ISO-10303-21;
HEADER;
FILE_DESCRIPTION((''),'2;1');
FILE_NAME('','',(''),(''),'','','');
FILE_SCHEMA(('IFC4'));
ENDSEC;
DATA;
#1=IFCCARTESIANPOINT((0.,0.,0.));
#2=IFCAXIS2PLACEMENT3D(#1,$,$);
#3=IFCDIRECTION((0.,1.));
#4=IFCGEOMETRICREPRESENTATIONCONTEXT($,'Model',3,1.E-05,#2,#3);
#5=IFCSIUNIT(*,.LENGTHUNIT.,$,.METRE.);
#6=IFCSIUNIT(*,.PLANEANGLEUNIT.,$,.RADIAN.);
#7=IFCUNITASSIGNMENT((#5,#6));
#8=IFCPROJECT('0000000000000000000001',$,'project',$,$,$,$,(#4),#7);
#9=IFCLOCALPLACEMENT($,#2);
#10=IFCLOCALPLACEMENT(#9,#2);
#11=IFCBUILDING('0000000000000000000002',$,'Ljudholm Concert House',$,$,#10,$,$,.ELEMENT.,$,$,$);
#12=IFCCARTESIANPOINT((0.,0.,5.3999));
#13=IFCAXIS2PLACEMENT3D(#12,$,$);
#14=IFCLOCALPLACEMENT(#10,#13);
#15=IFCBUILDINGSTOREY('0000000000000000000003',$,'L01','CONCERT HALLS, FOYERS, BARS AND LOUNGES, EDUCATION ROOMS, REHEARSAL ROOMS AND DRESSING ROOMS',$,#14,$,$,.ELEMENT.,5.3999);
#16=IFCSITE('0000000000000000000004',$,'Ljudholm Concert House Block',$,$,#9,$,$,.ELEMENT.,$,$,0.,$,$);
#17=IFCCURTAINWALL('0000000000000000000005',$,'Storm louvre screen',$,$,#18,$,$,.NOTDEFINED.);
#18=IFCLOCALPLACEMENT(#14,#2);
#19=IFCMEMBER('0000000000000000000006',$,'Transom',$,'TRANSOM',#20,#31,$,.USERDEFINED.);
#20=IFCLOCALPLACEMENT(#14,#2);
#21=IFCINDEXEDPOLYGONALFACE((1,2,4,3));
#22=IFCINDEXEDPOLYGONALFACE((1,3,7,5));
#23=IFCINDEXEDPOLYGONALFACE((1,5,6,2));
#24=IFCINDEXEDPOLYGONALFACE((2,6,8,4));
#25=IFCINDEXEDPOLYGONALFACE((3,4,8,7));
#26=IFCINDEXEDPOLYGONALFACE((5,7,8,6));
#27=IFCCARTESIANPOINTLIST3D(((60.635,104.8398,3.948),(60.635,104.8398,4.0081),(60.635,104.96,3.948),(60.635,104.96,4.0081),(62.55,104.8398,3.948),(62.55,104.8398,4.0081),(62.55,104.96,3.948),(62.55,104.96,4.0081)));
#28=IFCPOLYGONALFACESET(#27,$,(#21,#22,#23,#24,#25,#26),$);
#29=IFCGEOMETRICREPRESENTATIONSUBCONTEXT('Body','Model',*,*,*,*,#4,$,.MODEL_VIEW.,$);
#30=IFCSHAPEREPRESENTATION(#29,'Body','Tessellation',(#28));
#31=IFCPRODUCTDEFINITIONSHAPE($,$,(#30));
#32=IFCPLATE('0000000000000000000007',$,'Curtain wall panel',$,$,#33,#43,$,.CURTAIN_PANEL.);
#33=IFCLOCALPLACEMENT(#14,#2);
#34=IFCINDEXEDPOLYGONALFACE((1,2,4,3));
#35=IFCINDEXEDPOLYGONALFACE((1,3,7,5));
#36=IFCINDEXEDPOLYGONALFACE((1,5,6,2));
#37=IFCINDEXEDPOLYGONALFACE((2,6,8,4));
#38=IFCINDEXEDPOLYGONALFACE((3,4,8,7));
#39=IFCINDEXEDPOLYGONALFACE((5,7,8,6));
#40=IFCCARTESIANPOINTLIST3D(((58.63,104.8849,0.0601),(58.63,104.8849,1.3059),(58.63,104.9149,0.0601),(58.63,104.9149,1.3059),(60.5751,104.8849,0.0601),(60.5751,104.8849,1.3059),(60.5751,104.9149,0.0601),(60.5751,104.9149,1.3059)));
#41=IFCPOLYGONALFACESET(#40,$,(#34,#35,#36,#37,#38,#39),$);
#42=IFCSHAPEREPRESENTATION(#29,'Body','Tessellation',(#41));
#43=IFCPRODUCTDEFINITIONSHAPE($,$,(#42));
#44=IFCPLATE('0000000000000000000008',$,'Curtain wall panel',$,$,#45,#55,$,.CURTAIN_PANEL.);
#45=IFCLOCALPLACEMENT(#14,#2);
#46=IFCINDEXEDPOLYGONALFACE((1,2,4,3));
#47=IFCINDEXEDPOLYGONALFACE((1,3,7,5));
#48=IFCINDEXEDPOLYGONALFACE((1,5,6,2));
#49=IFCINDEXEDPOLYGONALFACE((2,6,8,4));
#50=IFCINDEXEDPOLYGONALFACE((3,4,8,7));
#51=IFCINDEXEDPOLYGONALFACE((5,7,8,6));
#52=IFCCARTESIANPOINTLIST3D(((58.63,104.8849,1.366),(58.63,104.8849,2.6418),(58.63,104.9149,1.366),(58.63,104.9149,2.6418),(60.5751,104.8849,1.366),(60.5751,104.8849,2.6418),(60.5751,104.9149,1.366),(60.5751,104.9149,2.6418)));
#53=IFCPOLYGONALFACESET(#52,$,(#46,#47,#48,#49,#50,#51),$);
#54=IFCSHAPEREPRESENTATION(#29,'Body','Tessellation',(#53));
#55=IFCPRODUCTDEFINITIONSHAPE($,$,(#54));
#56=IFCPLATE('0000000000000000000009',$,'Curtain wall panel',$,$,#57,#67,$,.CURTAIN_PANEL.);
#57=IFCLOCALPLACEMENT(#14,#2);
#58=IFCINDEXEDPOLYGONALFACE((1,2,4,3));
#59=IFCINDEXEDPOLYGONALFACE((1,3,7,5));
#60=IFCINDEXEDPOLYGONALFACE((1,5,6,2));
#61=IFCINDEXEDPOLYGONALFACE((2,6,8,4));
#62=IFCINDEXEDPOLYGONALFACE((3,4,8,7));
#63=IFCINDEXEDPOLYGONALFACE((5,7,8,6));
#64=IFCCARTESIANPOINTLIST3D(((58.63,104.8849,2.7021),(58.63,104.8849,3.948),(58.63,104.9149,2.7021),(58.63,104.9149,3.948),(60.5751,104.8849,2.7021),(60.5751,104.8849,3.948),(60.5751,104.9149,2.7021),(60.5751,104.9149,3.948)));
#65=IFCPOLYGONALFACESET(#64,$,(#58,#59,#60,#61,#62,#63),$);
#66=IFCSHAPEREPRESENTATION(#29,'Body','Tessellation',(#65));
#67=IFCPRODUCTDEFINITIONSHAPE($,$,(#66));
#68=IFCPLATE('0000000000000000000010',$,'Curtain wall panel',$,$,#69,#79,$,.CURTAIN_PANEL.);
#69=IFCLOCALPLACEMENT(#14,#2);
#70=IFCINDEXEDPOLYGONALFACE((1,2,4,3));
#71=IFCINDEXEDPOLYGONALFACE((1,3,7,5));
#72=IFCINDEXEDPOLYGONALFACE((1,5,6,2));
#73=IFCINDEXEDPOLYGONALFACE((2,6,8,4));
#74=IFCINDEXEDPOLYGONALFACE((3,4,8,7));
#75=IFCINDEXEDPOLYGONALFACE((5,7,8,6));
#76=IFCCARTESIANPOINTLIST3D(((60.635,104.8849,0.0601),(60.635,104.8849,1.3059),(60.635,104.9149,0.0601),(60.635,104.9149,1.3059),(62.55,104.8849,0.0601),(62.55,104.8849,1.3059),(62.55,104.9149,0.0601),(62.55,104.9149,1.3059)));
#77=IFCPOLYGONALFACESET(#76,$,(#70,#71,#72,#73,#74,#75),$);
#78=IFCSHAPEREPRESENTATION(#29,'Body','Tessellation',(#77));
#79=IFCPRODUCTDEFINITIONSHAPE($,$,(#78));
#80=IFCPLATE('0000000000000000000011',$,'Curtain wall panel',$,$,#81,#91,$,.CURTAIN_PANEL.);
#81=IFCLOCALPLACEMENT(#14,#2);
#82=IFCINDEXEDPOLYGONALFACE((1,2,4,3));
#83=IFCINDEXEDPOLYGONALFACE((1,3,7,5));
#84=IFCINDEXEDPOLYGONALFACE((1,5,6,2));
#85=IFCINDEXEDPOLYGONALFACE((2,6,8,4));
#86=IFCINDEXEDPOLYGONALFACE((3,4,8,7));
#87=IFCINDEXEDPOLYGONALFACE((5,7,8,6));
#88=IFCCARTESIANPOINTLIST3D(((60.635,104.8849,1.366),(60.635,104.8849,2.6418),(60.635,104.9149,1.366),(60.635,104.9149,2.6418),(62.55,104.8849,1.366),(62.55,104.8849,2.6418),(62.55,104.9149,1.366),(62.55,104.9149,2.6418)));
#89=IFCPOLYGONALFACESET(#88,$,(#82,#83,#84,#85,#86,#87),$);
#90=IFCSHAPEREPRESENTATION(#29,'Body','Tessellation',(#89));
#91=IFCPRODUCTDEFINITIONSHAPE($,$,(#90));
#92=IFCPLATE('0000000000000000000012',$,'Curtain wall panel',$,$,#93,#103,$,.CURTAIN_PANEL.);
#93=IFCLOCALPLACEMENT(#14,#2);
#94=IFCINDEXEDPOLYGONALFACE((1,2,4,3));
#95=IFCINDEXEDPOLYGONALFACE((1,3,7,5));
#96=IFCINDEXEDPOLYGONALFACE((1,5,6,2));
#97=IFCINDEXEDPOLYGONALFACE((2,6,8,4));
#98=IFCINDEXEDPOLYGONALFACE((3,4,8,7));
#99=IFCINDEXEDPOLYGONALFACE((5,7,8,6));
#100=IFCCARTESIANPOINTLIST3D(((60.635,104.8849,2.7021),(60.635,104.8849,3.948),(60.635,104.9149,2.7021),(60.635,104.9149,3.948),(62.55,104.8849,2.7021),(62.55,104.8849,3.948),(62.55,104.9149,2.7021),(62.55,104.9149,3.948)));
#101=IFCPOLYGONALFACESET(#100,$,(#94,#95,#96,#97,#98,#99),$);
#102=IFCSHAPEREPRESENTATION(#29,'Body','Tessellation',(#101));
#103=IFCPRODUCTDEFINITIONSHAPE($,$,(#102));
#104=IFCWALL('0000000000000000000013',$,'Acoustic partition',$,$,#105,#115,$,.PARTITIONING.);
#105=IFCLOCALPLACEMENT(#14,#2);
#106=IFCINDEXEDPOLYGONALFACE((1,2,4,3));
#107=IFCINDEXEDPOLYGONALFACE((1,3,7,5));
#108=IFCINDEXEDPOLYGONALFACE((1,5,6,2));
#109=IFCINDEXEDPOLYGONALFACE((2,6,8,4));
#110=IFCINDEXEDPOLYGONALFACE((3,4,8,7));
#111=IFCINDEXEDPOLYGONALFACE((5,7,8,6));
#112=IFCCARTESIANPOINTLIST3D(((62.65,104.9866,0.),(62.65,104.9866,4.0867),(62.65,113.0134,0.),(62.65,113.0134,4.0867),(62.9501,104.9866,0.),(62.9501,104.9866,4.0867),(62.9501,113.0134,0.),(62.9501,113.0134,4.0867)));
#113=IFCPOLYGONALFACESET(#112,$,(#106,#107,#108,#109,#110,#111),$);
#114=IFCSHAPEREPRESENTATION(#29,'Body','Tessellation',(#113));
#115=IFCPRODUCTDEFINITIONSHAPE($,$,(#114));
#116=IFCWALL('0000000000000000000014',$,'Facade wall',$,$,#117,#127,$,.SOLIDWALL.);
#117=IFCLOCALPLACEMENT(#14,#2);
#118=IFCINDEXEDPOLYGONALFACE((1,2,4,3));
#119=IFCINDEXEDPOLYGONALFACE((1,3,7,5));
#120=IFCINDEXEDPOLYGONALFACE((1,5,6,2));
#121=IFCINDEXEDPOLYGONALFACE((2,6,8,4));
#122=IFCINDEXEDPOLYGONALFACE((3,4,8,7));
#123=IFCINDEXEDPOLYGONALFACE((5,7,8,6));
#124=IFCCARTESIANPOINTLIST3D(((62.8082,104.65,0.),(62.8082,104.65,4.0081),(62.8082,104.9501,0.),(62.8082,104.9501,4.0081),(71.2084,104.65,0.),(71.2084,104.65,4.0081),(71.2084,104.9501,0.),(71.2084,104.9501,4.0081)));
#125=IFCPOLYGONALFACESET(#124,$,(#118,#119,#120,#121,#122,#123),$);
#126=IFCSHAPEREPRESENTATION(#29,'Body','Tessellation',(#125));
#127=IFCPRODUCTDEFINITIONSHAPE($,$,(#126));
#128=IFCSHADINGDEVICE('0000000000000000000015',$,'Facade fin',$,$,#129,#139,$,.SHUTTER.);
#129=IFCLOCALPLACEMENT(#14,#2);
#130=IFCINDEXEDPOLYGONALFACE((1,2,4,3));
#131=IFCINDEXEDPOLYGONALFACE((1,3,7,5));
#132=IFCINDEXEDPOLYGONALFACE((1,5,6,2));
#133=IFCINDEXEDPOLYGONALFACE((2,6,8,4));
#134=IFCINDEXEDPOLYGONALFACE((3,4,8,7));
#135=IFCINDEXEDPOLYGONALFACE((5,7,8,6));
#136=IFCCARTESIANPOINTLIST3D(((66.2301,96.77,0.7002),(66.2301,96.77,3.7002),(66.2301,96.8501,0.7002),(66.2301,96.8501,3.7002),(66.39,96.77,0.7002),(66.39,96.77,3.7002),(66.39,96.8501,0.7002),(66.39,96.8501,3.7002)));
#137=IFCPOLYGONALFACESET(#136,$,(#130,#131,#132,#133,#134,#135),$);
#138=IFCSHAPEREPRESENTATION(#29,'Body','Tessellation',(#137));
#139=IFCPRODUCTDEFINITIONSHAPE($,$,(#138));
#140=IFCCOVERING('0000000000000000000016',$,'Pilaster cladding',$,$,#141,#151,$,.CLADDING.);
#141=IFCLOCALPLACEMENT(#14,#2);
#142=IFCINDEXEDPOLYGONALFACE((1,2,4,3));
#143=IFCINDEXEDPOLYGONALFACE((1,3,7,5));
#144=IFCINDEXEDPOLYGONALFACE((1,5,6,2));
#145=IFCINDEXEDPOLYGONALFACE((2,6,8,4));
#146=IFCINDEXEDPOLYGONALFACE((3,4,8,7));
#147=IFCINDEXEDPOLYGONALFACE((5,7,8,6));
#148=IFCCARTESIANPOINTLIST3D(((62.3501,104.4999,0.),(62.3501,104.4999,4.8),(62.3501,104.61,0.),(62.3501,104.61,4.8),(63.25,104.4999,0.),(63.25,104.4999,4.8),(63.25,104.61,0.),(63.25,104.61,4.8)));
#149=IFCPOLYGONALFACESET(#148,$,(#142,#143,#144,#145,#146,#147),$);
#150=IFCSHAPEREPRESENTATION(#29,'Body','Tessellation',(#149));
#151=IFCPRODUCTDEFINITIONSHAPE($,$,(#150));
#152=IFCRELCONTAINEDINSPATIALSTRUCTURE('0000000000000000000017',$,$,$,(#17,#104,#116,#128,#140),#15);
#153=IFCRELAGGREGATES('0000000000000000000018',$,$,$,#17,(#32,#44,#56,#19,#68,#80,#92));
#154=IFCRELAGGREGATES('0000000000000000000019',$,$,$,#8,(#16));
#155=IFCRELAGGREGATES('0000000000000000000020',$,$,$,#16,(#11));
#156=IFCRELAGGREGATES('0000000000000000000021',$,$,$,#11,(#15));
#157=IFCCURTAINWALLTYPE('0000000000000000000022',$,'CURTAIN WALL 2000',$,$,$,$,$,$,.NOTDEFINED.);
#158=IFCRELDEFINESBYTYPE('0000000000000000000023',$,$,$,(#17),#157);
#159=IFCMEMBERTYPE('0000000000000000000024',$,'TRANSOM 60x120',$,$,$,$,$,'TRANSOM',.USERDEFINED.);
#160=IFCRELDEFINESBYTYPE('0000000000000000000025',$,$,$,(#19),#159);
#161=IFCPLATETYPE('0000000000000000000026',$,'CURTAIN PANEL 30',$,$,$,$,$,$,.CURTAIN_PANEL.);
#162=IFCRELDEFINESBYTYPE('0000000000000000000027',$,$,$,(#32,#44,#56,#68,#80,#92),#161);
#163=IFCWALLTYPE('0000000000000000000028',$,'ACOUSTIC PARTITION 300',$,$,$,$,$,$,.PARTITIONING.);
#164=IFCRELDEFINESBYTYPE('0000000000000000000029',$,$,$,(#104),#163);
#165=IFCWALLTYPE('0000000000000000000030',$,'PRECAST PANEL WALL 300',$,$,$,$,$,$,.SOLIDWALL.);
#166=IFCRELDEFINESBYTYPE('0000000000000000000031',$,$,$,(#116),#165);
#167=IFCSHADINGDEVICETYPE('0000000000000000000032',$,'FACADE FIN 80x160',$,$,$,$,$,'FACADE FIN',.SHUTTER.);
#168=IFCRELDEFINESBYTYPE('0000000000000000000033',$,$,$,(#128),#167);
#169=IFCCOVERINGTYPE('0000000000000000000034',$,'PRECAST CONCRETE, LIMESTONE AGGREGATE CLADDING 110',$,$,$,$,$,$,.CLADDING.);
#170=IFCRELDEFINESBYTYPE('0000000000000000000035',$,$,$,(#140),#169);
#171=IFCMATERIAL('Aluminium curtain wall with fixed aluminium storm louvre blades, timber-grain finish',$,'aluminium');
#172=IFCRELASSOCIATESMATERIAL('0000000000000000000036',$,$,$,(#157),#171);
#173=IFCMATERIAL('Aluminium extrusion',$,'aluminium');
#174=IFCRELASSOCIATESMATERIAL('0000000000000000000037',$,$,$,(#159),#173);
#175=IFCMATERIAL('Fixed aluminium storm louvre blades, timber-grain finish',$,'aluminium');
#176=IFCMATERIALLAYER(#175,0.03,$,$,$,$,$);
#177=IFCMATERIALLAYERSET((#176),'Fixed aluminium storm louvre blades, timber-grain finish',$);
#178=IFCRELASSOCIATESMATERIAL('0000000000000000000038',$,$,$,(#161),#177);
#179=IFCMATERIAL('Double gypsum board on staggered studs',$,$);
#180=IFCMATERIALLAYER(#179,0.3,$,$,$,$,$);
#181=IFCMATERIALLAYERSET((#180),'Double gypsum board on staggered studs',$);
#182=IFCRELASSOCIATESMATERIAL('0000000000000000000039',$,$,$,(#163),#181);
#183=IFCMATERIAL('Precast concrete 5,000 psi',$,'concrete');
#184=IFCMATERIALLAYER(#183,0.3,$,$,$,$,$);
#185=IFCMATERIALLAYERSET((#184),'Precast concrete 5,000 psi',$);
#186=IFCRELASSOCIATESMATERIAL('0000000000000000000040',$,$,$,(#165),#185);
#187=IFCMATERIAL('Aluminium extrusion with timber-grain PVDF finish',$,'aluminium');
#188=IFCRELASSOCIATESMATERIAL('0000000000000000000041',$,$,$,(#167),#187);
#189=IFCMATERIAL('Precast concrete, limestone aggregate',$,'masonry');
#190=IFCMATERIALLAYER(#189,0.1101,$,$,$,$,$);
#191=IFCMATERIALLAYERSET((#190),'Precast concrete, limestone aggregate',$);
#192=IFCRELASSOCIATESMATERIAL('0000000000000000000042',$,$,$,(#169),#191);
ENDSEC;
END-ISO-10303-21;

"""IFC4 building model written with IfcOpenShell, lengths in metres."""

from ifc_helpers import new_model, si_unit, direction, frame, frame_2d, origin, origin_2d, place, context, subcontext, project, spatial, rectangle, extrude, material, layer, layer_set, material_profile, profile_set, type_object, element, aggregate, save


model = new_model("IFC4")

# Units and contexts
model_context = context("Model", 3, precision=1e-05, world=origin(), true_north=direction((0.0, 1.0)))
body_context = subcontext(model_context, "Body", "Model", "MODEL_VIEW")
ifc_project = project(units=[si_unit("LENGTHUNIT", "METRE"), si_unit("PLANEANGLEUNIT", "RADIAN")], contexts=[model_context])

# Site, building, storey
site_placement = place(None, origin())
site = spatial("IfcSite", under=ifc_project, at=site_placement, Name="Ljudholm Concert House Block", CompositionType="ELEMENT", RefElevation=0.0)
building_placement = place(site_placement, origin())
building = spatial("IfcBuilding", under=site, at=building_placement, Name="Ljudholm Concert House", CompositionType="ELEMENT")
storey_placement = place(building_placement, frame((0.0, 0.0, 5.3999)))
storey = spatial("IfcBuildingStorey", under=building, at=storey_placement, Name="L01", Description="CONCERT HALLS, FOYERS, BARS AND LOUNGES, EDUCATION ROOMS, REHEARSAL ROOMS AND DRESSING ROOMS", CompositionType="ELEMENT", Elevation=5.3999)

# Curtain wall
ifc_material_1 = material(Name="Aluminium curtain wall with fixed aluminium storm louvre blades, timber-grain finish", Category="aluminium")
curtain_wall_type = type_object("IfcCurtainWallType", Name="CURTAIN WALL 2000", PredefinedType="NOTDEFINED", material=ifc_material_1)
curtain_wall_placement = place(storey_placement, origin())
curtain_wall = element("IfcCurtainWall", 1, at=curtain_wall_placement, inside=storey, type_object=curtain_wall_type, Name="Storm louvre screen", PredefinedType="NOTDEFINED")

# Member
ifc_material_2 = material(Name="Aluminium extrusion", Category="aluminium")
ifc_material_profile_1 = material_profile(ifc_material_2, rectangle(XDim=0.1201, YDim=0.0601, at=origin_2d()), Name="TRANSOM 60x120")
ifc_profile_set_1 = profile_set([ifc_material_profile_1], Name="Aluminium extrusion")
member_type_1 = type_object("IfcMemberType", Name="TRANSOM 60x120", ElementType="TRANSOM", PredefinedType="USERDEFINED", material=ifc_profile_set_1)
member_1_placement = place(storey_placement, frame((60.635, 104.8999, 3.978), z_axis=(1.0, 0.0, 0.0), x_axis=(0.0, 1.0, 0.0)))
member_1 = element("IfcMember", 2, at=member_1_placement, type_object=member_type_1, Name="Transom", ObjectType="TRANSOM", PredefinedType="USERDEFINED", context=body_context, shape_type="SweptSolid", body=[
    extrude(rectangle(XDim=0.1201, YDim=0.0601, at=origin_2d()), origin(), (0.0, 0.0, 1.0), 1.915),
])

# Plates
ifc_material_3 = material(Name="Fixed aluminium storm louvre blades, timber-grain finish", Category="aluminium")
ifc_layer_1 = layer(ifc_material_3, 0.03)
ifc_layer_set_1 = layer_set([ifc_layer_1], Name="Fixed aluminium storm louvre blades, timber-grain finish")
plate_type = type_object("IfcPlateType", Name="CURTAIN PANEL 30", PredefinedType="CURTAIN_PANEL", material=ifc_layer_set_1)
plate_1_placement = place(storey_placement, frame((59.6025, 104.8999, 0.0601), z_axis=(0.0, 0.0, 1.0), x_axis=(1.0, 0.0, 0.0)))
plate_1 = element("IfcPlate", 3, at=plate_1_placement, type_object=plate_type, Name="Curtain wall panel", PredefinedType="CURTAIN_PANEL", context=body_context, shape_type="SweptSolid", body=[
    extrude(rectangle(XDim=1.9451, YDim=0.03, at=origin_2d()), origin(), (0.0, 0.0, 1.0), 1.2458),
])
plate_2_placement = place(storey_placement, frame((59.6025, 104.8999, 1.366), z_axis=(0.0, 0.0, 1.0), x_axis=(1.0, 0.0, 0.0)))
plate_2 = element("IfcPlate", 4, at=plate_2_placement, type_object=plate_type, Name="Curtain wall panel", PredefinedType="CURTAIN_PANEL", context=body_context, shape_type="SweptSolid", body=[
    extrude(rectangle(XDim=1.9451, YDim=0.03, at=origin_2d()), origin(), (0.0, 0.0, 1.0), 1.2759),
])
plate_3_placement = place(storey_placement, frame((59.6025, 104.8999, 2.7021), z_axis=(0.0, 0.0, 1.0), x_axis=(1.0, 0.0, 0.0)))
plate_3 = element("IfcPlate", 5, at=plate_3_placement, type_object=plate_type, Name="Curtain wall panel", PredefinedType="CURTAIN_PANEL", context=body_context, shape_type="SweptSolid", body=[
    extrude(rectangle(XDim=1.9451, YDim=0.03, at=origin_2d()), origin(), (0.0, 0.0, 1.0), 1.2458),
])
plate_4_placement = place(storey_placement, frame((61.5925, 104.8999, 0.0601), z_axis=(0.0, 0.0, 1.0), x_axis=(1.0, 0.0, 0.0)))
plate_4 = element("IfcPlate", 6, at=plate_4_placement, type_object=plate_type, Name="Curtain wall panel", PredefinedType="CURTAIN_PANEL", context=body_context, shape_type="SweptSolid", body=[
    extrude(rectangle(XDim=1.915, YDim=0.03, at=origin_2d()), origin(), (0.0, 0.0, 1.0), 1.2458),
])
plate_5_placement = place(storey_placement, frame((61.5925, 104.8999, 1.366), z_axis=(0.0, 0.0, 1.0), x_axis=(1.0, 0.0, 0.0)))
plate_5 = element("IfcPlate", 7, at=plate_5_placement, type_object=plate_type, Name="Curtain wall panel", PredefinedType="CURTAIN_PANEL", context=body_context, shape_type="SweptSolid", body=[
    extrude(rectangle(XDim=1.915, YDim=0.03, at=origin_2d()), origin(), (0.0, 0.0, 1.0), 1.2759),
])
plate_6_placement = place(storey_placement, frame((61.5925, 104.8999, 2.7021), z_axis=(0.0, 0.0, 1.0), x_axis=(1.0, 0.0, 0.0)))
plate_6 = element("IfcPlate", 8, at=plate_6_placement, type_object=plate_type, Name="Curtain wall panel", PredefinedType="CURTAIN_PANEL", context=body_context, shape_type="SweptSolid", body=[
    extrude(rectangle(XDim=1.915, YDim=0.03, at=origin_2d()), origin(), (0.0, 0.0, 1.0), 1.2458),
])
aggregate(curtain_wall, [plate_1, plate_2, plate_3, member_1, plate_4, plate_5, plate_6])

# Walls
ifc_material_4 = material(Name="Double gypsum board on staggered studs")
ifc_layer_2 = layer(ifc_material_4, 0.3)
ifc_layer_set_2 = layer_set([ifc_layer_2], Name="Double gypsum board on staggered studs")
wall_type_1 = type_object("IfcWallType", Name="ACOUSTIC PARTITION 300", PredefinedType="PARTITIONING", material=ifc_layer_set_2)
wall_1_placement = place(storey_placement, frame((62.8, 104.9866, 0.0), z_axis=(0.0, 0.0, 1.0), x_axis=(0.0, 1.0, 0.0)))
element("IfcWall", 9, at=wall_1_placement, inside=storey, type_object=wall_type_1, Name="Acoustic partition", PredefinedType="PARTITIONING", context=body_context, shape_type="SweptSolid", body=[
    extrude(rectangle(XDim=8.0269, YDim=0.3, at=frame_2d((4.0134, 0.0))), origin(), (0.0, 0.0, 1.0), 4.0867),
])
ifc_material_5 = material(Name="Precast concrete 5,000 psi", Category="concrete")
ifc_layer_3 = layer(ifc_material_5, 0.3)
ifc_layer_set_3 = layer_set([ifc_layer_3], Name="Precast concrete 5,000 psi")
wall_type_2 = type_object("IfcWallType", Name="PRECAST PANEL WALL 300", PredefinedType="SOLIDWALL", material=ifc_layer_set_3)
wall_2_placement = place(storey_placement, frame((62.8081, 104.8, 0.0), z_axis=(0.0, 0.0, 1.0), x_axis=(1.0, 0.0, 0.0)))
element("IfcWall", 10, at=wall_2_placement, inside=storey, type_object=wall_type_2, Name="Facade wall", PredefinedType="SOLIDWALL", context=body_context, shape_type="SweptSolid", body=[
    extrude(rectangle(XDim=8.4001, YDim=0.3, at=frame_2d((4.2002, 0.0))), origin(), (0.0, 0.0, 1.0), 4.0081),
])

# Shading device
ifc_material_6 = material(Name="Aluminium extrusion with timber-grain PVDF finish", Category="aluminium")
shading_device_type = type_object("IfcShadingDeviceType", Name="FACADE FIN 80x160", ElementType="FACADE FIN", PredefinedType="SHUTTER", material=ifc_material_6)
shading_device_placement = place(storey_placement, frame((66.3101, 96.8101, 0.7002), z_axis=(0.0, 0.0, 1.0), x_axis=(0.0, 1.0, 0.0)))
element("IfcShadingDevice", 11, at=shading_device_placement, inside=storey, type_object=shading_device_type, Name="Facade fin", PredefinedType="SHUTTER", context=body_context, shape_type="SweptSolid", body=[
    extrude(rectangle(XDim=0.0801, YDim=0.1599, at=origin_2d()), origin(), (0.0, 0.0, 1.0), 3.0),
])

# Covering
ifc_material_7 = material(Name="Precast concrete, limestone aggregate", Category="masonry")
ifc_layer_4 = layer(ifc_material_7, 0.1101)
ifc_layer_set_4 = layer_set([ifc_layer_4], Name="Precast concrete, limestone aggregate")
covering_type = type_object("IfcCoveringType", Name="PRECAST CONCRETE, LIMESTONE AGGREGATE CLADDING 110", PredefinedType="CLADDING", material=ifc_layer_set_4)
covering_placement = place(storey_placement, frame((62.8, 104.5549, 0.0), z_axis=(0.0, 0.0, 1.0), x_axis=(0.0, -1.0, 0.0)))
element("IfcCovering", 12, at=covering_placement, inside=storey, type_object=covering_type, Name="Pilaster cladding", PredefinedType="CLADDING", context=body_context, shape_type="SweptSolid", body=[
    extrude(rectangle(XDim=0.1101, YDim=0.8999, at=origin_2d()), origin(), (0.0, 0.0, 1.0), 4.8),
])

save(model, "model.ifc")
